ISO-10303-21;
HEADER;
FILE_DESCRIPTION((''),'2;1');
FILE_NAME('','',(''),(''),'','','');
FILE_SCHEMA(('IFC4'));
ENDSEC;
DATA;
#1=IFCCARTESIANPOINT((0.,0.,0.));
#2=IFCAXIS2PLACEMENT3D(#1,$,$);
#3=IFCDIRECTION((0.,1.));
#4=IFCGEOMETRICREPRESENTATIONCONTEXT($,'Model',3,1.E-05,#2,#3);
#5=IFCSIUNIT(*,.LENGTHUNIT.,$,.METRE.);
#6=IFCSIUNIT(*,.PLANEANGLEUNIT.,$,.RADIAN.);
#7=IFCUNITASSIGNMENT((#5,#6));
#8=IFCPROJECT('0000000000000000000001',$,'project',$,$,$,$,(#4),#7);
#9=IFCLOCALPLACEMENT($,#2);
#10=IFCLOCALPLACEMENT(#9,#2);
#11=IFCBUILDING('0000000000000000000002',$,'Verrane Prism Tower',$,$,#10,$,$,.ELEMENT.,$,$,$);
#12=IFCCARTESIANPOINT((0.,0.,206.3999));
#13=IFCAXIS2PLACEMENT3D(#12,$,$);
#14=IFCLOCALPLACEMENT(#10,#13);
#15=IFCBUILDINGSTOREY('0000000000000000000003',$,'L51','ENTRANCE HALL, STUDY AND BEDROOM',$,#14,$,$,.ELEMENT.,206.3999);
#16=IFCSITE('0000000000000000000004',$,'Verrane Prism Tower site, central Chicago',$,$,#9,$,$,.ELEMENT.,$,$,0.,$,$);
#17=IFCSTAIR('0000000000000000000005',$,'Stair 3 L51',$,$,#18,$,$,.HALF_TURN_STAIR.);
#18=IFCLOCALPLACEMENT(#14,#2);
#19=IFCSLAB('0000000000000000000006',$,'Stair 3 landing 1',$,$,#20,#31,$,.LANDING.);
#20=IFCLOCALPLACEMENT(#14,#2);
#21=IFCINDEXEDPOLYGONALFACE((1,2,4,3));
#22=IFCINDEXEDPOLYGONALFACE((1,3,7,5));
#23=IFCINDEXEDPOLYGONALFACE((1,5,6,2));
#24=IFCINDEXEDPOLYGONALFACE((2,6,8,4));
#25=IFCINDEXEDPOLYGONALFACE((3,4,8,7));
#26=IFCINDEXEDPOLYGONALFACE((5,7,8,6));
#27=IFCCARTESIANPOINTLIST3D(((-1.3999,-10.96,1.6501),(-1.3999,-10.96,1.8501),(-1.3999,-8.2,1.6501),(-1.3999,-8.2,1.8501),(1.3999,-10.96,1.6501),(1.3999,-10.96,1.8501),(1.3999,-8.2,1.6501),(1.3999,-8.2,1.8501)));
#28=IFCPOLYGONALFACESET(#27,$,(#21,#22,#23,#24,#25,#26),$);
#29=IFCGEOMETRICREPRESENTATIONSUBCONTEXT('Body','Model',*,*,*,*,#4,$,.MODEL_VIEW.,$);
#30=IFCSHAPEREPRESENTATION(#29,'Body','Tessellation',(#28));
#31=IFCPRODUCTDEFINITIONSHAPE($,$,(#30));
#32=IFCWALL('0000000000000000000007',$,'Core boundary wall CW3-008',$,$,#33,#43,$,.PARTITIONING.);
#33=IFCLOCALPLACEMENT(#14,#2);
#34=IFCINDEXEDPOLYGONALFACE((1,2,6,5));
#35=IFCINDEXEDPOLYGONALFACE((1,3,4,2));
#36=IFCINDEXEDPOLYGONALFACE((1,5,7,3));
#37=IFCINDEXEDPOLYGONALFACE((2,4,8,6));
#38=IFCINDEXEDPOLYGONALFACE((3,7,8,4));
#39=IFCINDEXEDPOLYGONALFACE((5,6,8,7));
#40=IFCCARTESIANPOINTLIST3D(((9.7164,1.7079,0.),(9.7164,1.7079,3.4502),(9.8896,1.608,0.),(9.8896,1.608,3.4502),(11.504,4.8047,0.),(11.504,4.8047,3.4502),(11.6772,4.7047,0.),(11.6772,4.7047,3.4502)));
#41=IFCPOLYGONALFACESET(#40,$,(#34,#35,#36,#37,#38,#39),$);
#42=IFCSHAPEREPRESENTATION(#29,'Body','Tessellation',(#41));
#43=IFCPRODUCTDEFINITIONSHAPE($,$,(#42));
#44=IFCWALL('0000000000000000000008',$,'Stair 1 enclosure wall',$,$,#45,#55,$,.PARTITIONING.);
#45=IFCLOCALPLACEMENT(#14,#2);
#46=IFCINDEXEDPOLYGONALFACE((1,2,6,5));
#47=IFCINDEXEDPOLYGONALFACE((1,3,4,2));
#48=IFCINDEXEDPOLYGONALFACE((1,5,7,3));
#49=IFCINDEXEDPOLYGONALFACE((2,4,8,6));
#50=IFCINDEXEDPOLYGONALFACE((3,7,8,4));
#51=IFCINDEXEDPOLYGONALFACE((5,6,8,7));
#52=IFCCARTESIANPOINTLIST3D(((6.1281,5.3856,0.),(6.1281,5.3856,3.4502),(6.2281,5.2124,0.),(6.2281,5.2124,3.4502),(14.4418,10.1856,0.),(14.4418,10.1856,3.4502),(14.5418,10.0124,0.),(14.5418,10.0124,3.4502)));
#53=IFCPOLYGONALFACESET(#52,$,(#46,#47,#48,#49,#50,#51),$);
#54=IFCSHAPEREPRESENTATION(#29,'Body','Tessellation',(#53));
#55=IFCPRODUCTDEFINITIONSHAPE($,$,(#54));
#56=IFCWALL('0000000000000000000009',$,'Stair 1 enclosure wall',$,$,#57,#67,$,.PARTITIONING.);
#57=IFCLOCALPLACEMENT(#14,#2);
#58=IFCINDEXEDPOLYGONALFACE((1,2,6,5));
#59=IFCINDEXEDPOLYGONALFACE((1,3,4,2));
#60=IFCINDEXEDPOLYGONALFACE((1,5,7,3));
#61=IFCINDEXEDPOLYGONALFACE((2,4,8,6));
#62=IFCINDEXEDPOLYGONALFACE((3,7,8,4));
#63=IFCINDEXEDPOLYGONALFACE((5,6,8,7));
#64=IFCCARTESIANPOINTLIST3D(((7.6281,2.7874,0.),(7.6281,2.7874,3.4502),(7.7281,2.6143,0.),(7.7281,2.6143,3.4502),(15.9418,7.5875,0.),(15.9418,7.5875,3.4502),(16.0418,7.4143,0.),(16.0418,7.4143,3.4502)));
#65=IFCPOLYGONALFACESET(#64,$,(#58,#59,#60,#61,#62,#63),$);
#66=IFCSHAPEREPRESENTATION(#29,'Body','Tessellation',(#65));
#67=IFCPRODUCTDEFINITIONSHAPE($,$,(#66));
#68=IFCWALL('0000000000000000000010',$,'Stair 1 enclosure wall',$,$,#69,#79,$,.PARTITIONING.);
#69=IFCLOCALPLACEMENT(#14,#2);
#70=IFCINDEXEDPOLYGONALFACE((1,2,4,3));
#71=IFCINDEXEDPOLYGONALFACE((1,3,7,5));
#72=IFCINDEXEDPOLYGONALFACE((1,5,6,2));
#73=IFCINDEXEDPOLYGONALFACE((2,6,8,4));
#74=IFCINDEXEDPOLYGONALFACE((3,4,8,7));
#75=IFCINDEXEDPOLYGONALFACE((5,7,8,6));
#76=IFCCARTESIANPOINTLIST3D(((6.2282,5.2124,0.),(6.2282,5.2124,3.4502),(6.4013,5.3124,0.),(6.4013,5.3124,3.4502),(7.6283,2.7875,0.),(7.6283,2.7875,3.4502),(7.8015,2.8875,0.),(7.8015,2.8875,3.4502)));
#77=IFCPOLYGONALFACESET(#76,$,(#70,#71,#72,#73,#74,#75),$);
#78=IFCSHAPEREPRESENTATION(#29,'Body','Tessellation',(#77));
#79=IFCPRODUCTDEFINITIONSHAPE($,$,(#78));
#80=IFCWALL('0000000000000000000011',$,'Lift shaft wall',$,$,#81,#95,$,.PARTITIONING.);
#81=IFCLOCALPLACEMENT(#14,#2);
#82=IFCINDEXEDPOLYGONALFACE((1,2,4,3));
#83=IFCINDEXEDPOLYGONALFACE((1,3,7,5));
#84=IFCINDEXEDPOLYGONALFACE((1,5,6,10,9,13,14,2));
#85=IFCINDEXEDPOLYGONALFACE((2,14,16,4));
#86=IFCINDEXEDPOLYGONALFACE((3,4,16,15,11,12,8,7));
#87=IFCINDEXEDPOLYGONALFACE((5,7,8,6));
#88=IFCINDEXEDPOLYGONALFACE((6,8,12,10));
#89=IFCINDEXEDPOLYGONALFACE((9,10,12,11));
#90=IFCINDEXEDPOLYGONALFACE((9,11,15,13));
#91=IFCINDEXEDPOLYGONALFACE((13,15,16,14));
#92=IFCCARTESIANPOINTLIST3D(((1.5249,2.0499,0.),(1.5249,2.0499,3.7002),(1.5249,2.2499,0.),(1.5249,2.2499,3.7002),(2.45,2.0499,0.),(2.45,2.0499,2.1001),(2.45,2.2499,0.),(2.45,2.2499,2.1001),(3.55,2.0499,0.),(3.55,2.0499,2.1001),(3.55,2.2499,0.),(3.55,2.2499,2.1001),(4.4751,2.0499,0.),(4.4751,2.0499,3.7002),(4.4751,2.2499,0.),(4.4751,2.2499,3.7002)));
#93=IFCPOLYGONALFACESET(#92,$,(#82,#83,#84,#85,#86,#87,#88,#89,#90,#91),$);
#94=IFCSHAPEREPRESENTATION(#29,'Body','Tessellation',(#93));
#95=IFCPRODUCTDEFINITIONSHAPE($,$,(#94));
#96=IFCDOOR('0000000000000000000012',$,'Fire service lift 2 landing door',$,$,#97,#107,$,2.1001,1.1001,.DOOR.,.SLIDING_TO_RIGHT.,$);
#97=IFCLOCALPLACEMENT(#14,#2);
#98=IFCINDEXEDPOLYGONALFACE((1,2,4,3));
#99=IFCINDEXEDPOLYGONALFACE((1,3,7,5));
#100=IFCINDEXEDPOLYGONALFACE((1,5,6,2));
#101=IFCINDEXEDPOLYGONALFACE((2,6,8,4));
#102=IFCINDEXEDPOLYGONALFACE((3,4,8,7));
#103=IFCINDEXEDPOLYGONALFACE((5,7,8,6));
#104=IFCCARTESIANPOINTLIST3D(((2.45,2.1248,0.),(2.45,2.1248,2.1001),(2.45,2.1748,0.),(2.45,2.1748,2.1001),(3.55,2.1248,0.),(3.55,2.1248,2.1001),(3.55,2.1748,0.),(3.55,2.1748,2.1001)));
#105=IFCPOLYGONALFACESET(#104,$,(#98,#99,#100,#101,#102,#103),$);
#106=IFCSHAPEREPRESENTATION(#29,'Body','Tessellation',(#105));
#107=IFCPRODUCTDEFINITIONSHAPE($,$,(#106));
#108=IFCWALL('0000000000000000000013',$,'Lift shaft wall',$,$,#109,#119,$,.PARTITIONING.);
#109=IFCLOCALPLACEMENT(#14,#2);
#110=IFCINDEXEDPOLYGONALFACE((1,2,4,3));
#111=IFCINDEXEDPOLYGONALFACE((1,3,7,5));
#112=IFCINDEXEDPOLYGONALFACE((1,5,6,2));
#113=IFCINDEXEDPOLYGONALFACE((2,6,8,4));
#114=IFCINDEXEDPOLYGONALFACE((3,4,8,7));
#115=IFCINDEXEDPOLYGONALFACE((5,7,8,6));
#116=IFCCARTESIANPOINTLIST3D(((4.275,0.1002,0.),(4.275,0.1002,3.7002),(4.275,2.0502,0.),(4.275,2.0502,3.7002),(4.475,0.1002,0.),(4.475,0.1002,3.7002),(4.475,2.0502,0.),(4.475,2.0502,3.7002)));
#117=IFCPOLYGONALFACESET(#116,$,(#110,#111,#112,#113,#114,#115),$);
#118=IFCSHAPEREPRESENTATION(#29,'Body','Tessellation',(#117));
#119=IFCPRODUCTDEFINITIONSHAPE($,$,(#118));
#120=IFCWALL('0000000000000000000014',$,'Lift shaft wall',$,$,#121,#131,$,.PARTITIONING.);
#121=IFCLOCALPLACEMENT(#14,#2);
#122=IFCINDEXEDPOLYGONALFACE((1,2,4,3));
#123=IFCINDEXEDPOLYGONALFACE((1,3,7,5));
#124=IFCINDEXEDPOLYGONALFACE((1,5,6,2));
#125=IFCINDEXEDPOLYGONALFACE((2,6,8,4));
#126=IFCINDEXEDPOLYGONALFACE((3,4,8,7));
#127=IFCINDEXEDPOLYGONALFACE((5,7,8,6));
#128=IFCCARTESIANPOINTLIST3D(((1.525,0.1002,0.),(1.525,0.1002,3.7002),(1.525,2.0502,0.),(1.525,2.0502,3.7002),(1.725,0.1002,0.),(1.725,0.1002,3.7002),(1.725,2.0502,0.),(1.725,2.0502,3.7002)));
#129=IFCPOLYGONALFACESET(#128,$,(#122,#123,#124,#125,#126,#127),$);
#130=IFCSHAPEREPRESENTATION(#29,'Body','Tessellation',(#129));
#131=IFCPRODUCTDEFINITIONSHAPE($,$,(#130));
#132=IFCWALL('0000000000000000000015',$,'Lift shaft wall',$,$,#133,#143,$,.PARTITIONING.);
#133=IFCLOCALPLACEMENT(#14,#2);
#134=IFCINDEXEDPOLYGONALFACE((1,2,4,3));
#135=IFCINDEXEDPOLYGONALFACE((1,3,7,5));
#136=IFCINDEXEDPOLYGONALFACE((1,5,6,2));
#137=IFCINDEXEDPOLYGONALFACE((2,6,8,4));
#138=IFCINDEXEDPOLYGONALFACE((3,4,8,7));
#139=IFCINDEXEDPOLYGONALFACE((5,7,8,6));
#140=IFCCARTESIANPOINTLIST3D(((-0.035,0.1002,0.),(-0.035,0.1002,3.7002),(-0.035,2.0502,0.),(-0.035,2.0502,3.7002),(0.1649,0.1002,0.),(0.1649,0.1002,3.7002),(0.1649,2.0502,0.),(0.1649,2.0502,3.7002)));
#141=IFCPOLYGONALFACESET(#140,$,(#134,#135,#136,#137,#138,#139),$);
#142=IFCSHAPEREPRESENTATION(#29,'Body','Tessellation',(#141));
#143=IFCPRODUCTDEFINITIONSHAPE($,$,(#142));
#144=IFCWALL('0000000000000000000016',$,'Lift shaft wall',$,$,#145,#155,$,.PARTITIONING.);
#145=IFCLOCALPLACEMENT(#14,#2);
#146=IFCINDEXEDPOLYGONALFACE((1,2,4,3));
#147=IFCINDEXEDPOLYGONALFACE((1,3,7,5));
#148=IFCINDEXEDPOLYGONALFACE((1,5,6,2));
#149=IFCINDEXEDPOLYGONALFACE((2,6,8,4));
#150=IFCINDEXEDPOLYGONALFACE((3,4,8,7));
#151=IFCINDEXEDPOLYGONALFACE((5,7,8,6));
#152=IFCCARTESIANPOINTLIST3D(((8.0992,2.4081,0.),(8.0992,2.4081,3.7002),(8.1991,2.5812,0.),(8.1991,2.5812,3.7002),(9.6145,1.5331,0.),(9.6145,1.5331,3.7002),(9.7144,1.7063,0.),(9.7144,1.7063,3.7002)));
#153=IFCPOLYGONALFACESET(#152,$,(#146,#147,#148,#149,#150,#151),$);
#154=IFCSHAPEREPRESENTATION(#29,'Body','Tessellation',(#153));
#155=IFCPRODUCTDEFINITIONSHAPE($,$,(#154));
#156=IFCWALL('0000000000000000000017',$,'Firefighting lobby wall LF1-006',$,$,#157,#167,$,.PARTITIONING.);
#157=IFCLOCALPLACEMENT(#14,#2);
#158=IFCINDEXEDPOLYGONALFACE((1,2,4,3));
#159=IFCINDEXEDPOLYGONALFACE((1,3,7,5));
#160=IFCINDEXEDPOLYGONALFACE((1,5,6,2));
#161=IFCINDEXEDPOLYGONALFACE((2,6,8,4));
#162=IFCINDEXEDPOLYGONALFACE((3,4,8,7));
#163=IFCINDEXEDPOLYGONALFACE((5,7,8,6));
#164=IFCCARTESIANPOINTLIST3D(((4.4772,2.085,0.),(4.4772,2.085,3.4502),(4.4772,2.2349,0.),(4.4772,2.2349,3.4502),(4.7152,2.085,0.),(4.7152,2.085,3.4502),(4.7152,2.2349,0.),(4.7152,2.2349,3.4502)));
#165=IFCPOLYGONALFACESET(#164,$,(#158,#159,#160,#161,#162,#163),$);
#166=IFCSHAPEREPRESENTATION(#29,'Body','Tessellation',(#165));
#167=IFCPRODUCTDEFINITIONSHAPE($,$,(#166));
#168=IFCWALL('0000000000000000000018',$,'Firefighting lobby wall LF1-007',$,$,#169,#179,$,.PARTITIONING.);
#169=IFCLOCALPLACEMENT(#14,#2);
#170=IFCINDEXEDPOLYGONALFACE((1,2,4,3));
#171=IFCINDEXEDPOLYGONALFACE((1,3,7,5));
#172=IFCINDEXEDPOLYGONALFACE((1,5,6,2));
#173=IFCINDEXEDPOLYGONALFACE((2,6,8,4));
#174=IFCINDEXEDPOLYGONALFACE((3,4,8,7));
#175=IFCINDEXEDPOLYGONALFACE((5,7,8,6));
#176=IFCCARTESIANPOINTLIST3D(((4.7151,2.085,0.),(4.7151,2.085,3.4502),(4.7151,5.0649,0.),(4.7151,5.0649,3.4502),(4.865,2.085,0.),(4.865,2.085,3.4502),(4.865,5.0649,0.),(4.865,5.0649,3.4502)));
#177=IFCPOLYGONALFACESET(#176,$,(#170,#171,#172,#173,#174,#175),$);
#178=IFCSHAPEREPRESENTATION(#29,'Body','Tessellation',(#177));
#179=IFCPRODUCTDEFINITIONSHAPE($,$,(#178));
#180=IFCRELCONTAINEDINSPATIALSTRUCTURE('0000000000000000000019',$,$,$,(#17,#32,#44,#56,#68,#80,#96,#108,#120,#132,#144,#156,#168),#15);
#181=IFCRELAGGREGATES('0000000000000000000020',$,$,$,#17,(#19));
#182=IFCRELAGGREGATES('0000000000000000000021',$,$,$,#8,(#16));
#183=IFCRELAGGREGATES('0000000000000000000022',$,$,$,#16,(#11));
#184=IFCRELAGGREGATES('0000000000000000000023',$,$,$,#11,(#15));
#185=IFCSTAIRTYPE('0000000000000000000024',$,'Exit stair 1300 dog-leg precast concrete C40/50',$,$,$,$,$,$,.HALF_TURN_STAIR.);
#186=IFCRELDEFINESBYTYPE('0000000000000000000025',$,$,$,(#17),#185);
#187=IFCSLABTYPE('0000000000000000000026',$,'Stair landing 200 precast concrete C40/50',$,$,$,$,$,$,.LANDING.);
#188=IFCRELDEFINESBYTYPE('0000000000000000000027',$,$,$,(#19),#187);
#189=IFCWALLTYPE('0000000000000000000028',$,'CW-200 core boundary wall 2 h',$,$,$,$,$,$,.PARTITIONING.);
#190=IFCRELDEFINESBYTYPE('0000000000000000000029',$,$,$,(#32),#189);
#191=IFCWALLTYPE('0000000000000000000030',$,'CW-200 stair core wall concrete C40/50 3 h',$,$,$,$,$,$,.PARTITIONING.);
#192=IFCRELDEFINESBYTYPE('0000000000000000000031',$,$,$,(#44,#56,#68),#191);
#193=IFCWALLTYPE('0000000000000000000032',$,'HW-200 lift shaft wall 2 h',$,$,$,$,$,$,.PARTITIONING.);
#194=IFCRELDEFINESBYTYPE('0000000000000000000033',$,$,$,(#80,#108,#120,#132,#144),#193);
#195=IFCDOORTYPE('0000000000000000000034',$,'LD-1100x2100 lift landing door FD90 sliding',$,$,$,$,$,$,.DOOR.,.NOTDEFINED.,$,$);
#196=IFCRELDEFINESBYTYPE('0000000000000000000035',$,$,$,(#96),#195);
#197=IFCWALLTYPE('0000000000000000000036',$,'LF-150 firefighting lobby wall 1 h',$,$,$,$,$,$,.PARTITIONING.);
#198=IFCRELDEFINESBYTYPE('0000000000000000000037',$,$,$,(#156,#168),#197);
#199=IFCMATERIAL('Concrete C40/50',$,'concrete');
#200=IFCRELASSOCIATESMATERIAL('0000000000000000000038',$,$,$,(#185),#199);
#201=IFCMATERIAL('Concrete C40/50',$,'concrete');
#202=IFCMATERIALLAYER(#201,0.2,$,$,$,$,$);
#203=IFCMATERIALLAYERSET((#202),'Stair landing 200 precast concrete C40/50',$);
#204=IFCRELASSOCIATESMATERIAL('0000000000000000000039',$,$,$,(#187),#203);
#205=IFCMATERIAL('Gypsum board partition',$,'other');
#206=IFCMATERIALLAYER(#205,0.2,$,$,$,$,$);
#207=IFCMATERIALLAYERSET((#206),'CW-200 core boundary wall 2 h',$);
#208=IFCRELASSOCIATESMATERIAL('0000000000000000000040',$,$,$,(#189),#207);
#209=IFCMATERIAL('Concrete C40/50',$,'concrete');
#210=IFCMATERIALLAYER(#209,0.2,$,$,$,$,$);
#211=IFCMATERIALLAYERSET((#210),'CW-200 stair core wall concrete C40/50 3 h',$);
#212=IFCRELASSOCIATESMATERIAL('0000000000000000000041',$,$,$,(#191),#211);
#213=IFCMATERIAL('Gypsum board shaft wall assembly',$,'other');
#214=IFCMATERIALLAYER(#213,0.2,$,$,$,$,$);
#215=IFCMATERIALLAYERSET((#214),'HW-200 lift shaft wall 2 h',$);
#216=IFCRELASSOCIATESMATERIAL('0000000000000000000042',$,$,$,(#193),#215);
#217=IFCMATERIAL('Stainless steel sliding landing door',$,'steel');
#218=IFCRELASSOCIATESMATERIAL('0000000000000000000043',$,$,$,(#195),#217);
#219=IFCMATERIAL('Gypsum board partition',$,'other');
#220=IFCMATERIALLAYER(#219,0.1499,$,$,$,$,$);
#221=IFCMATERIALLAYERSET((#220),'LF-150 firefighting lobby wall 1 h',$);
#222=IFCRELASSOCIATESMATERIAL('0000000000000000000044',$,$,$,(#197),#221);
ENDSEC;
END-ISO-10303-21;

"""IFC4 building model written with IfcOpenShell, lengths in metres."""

from ifc_helpers import new_model, si_unit, direction, frame, frame_2d, origin, place, context, subcontext, project, spatial, polyline, rectangle, outline, extrude, material, layer, layer_set, type_object, element, fill, aggregate, save


model = new_model("IFC4")

# Units and contexts
model_context = context("Model", 3, precision=1e-05, world=origin(), true_north=direction((0.0, 1.0)))
body_context = subcontext(model_context, "Body", "Model", "MODEL_VIEW")
ifc_project = project(units=[si_unit("LENGTHUNIT", "METRE"), si_unit("PLANEANGLEUNIT", "RADIAN")], contexts=[model_context])

# Site, building, storey
site_placement = place(None, origin())
site = spatial("IfcSite", under=ifc_project, at=site_placement, Name="Verrane Prism Tower site, central Chicago", CompositionType="ELEMENT", RefElevation=0.0)
building_placement = place(site_placement, origin())
building = spatial("IfcBuilding", under=site, at=building_placement, Name="Verrane Prism Tower", CompositionType="ELEMENT")
storey_placement = place(building_placement, frame((0.0, 0.0, 206.3999)))
storey = spatial("IfcBuildingStorey", under=building, at=storey_placement, Name="L51", Description="ENTRANCE HALL, STUDY AND BEDROOM", CompositionType="ELEMENT", Elevation=206.3999)

# Stair, slab
ifc_material_1 = material(Name="Concrete C40/50", Category="concrete")
stair_type = type_object("IfcStairType", Name="Exit stair 1300 dog-leg precast concrete C40/50", PredefinedType="HALF_TURN_STAIR", material=ifc_material_1)
stair_1_placement = place(storey_placement, origin())
stair_1 = element("IfcStair", 1, at=stair_1_placement, inside=storey, type_object=stair_type, Name="Stair 3 L51", PredefinedType="HALF_TURN_STAIR")
ifc_material_2 = material(Name="Concrete C40/50", Category="concrete")
ifc_layer_1 = layer(ifc_material_2, 0.2)
ifc_layer_set_1 = layer_set([ifc_layer_1], Name="Stair landing 200 precast concrete C40/50")
slab_type_1 = type_object("IfcSlabType", Name="Stair landing 200 precast concrete C40/50", PredefinedType="LANDING", material=ifc_layer_set_1)
slab_1_placement = place(storey_placement, frame((0.0, 0.0, 1.6501)))
slab_1 = element("IfcSlab", 2, at=slab_1_placement, type_object=slab_type_1, Name="Stair 3 landing 1", PredefinedType="LANDING", context=body_context, shape_type="SweptSolid", body=[
    extrude(outline(polyline([(1.3999, -10.96), (1.3999, -8.2), (-1.3999, -8.2), (-1.3999, -10.96), (1.3999, -10.96)])), origin(), (0.0, 0.0, 1.0), 0.2),
])
aggregate(stair_1, [slab_1])

# Walls
ifc_material_3 = material(Name="Gypsum board partition", Category="other")
ifc_layer_2 = layer(ifc_material_3, 0.2)
ifc_layer_set_2 = layer_set([ifc_layer_2], Name="CW-200 core boundary wall 2 h")
wall_type_1 = type_object("IfcWallType", Name="CW-200 core boundary wall 2 h", PredefinedType="PARTITIONING", material=ifc_layer_set_2)
wall_1_placement = place(storey_placement, frame((9.803, 1.658, 0.0), z_axis=(0.0, 0.0, 1.0), x_axis=(0.499943, 0.866058, 0.0)))
element("IfcWall", 3, at=wall_1_placement, inside=storey, type_object=wall_type_1, Name="Core boundary wall CW3-008", PredefinedType="PARTITIONING", context=body_context, shape_type="SweptSolid", body=[
    extrude(rectangle(XDim=3.5757, YDim=0.2, at=frame_2d((1.7878, 0.0))), origin(), (0.0, 0.0, 1.0), 3.4502),
])
ifc_material_4 = material(Name="Concrete C40/50", Category="concrete")
ifc_layer_3 = layer(ifc_material_4, 0.2)
ifc_layer_set_3 = layer_set([ifc_layer_3], Name="CW-200 stair core wall concrete C40/50 3 h")
wall_type_2 = type_object("IfcWallType", Name="CW-200 stair core wall concrete C40/50 3 h", PredefinedType="PARTITIONING", material=ifc_layer_set_3)
for number, where, z_axis, x_axis, name in (
    (4, (6.1782, 5.2991, 0.0), (0.0, 0.0, 1.0), (0.86602, 0.500009, 0.0), "Stair 1 enclosure wall"),
    (5, (7.6782, 2.7009, 0.0), (0.0, 0.0, 1.0), (0.86602, 0.500009, 0.0), "Stair 1 enclosure wall"),
):
    element("IfcWall", number, at=place(storey_placement, frame(where, z_axis=z_axis, x_axis=x_axis)), inside=storey, type_object=wall_type_2, Name=name, PredefinedType="PARTITIONING", context=body_context, shape_type="SweptSolid", body=[
        extrude(rectangle(XDim=9.5999, YDim=0.2, at=frame_2d((4.7998, 0.0))), origin(), (0.0, 0.0, 1.0), 3.4502),
    ])
wall_2_placement = place(storey_placement, frame((7.7148, 2.8376, 0.0), z_axis=(0.0, 0.0, 1.0), x_axis=(-0.50005, 0.865997, 0.0)))
element("IfcWall", 6, at=wall_2_placement, inside=storey, type_object=wall_type_2, Name="Stair 1 enclosure wall", PredefinedType="PARTITIONING", context=body_context, shape_type="SweptSolid", body=[
    extrude(rectangle(XDim=2.8, YDim=0.2, at=frame_2d((1.3999, 0.0))), origin(), (0.0, 0.0, 1.0), 3.4502),
])

# Wall, opening, door
ifc_material_5 = material(Name="Gypsum board shaft wall assembly", Category="other")
ifc_layer_4 = layer(ifc_material_5, 0.2)
ifc_layer_set_4 = layer_set([ifc_layer_4], Name="HW-200 lift shaft wall 2 h")
wall_type_3 = type_object("IfcWallType", Name="HW-200 lift shaft wall 2 h", PredefinedType="PARTITIONING", material=ifc_layer_set_4)
wall_3_placement = place(storey_placement, frame((1.5249, 2.1499, 0.0), z_axis=(0.0, 0.0, 1.0), x_axis=(1.0, 0.0, 0.0)))
wall_3 = element("IfcWall", 7, at=wall_3_placement, inside=storey, type_object=wall_type_3, Name="Lift shaft wall", PredefinedType="PARTITIONING", context=body_context, shape_type="SweptSolid", body=[
    extrude(rectangle(XDim=2.9502, YDim=0.2, at=frame_2d((1.4751, 0.0))), origin(), (0.0, 0.0, 1.0), 3.7002),
])
opening_1_placement = place(wall_3_placement, frame((0.925, 0.0, 0.0)))
opening_1 = element("IfcOpeningElement", 8, at=opening_1_placement, cuts=wall_3, PredefinedType="OPENING", context=body_context, shape_type="SweptSolid", body=[
    extrude(rectangle(XDim=1.1001, YDim=2.1001, at=frame_2d((0.55, 1.05))), frame((0.0, 0.1099, 0.0), z_axis=(0.0, -1.0, 0.0), x_axis=(1.0, 0.0, 0.0)), (0.0, 0.0, 1.0), 0.22),
])
ifc_material_6 = material(Name="Stainless steel sliding landing door", Category="steel")
door_type_1 = type_object("IfcDoorType", Name="LD-1100x2100 lift landing door FD90 sliding", OperationType="NOTDEFINED", PredefinedType="DOOR", material=ifc_material_6)
door_1_placement = place(opening_1_placement, origin())
door_1 = element("IfcDoor", 9, at=door_1_placement, inside=storey, type_object=door_type_1, Name="Fire service lift 2 landing door", OperationType="SLIDING_TO_RIGHT", OverallHeight=2.1001, OverallWidth=1.1001, PredefinedType="DOOR", context=body_context, shape_type="SweptSolid", body=[
    extrude(rectangle(XDim=1.1001, YDim=2.1001, at=frame_2d((0.55, 1.05))), frame((0.0, 0.0249, 0.0), z_axis=(0.0, -1.0, 0.0), x_axis=(1.0, 0.0, 0.0)), (0.0, 0.0, 1.0), 0.05),
])
fill(opening_1, door_1)

# Walls
for number, where, z_axis, x_axis, name in (
    (10, (4.375, 0.1001, 0.0), (0.0, 0.0, 1.0), (0.0, 1.0, 0.0), "Lift shaft wall"),
    (11, (1.625, 0.1001, 0.0), (0.0, 0.0, 1.0), (0.0, 1.0, 0.0), "Lift shaft wall"),
    (12, (0.0649, 0.1001, 0.0), (0.0, 0.0, 1.0), (0.0, 1.0, 0.0), "Lift shaft wall"),
):
    element("IfcWall", number, at=place(storey_placement, frame(where, z_axis=z_axis, x_axis=x_axis)), inside=storey, type_object=wall_type_3, Name=name, PredefinedType="PARTITIONING", context=body_context, shape_type="SweptSolid", body=[
        extrude(rectangle(XDim=1.95, YDim=0.2, at=frame_2d((0.9751, 0.0))), origin(), (0.0, 0.0, 1.0), 3.7002),
    ])
wall_4_placement = place(storey_placement, frame((9.6646, 1.6196, 0.0), z_axis=(0.0, 0.0, 1.0), x_axis=(-0.866002, 0.50004, 0.0)))
element("IfcWall", 13, at=wall_4_placement, inside=storey, type_object=wall_type_3, Name="Lift shaft wall", PredefinedType="PARTITIONING", context=body_context, shape_type="SweptSolid", body=[
    extrude(rectangle(XDim=1.7498, YDim=0.2, at=frame_2d((0.875, 0.0))), origin(), (0.0, 0.0, 1.0), 3.7002),
])
ifc_material_7 = material(Name="Gypsum board partition", Category="other")
ifc_layer_5 = layer(ifc_material_7, 0.1499)
ifc_layer_set_5 = layer_set([ifc_layer_5], Name="LF-150 firefighting lobby wall 1 h")
wall_type_4 = type_object("IfcWallType", Name="LF-150 firefighting lobby wall 1 h", PredefinedType="PARTITIONING", material=ifc_layer_set_5)
wall_5_placement = place(storey_placement, frame((4.4771, 2.1599, 0.0), z_axis=(0.0, 0.0, 1.0), x_axis=(1.0, 0.0, 0.0)))
element("IfcWall", 14, at=wall_5_placement, inside=storey, type_object=wall_type_4, Name="Firefighting lobby wall LF1-006", PredefinedType="PARTITIONING", context=body_context, shape_type="SweptSolid", body=[
    extrude(rectangle(XDim=0.238, YDim=0.1499, at=frame_2d((0.1191, 0.0))), origin(), (0.0, 0.0, 1.0), 3.4502),
])
wall_6_placement = place(storey_placement, frame((4.79, 2.085, 0.0), z_axis=(0.0, 0.0, 1.0), x_axis=(0.0, 1.0, 0.0)))
element("IfcWall", 15, at=wall_6_placement, inside=storey, type_object=wall_type_4, Name="Firefighting lobby wall LF1-007", PredefinedType="PARTITIONING", context=body_context, shape_type="SweptSolid", body=[
    extrude(rectangle(XDim=2.98, YDim=0.1499, at=frame_2d((1.49, 0.0))), origin(), (0.0, 0.0, 1.0), 3.4502),
])

save(model, "model.ifc")
